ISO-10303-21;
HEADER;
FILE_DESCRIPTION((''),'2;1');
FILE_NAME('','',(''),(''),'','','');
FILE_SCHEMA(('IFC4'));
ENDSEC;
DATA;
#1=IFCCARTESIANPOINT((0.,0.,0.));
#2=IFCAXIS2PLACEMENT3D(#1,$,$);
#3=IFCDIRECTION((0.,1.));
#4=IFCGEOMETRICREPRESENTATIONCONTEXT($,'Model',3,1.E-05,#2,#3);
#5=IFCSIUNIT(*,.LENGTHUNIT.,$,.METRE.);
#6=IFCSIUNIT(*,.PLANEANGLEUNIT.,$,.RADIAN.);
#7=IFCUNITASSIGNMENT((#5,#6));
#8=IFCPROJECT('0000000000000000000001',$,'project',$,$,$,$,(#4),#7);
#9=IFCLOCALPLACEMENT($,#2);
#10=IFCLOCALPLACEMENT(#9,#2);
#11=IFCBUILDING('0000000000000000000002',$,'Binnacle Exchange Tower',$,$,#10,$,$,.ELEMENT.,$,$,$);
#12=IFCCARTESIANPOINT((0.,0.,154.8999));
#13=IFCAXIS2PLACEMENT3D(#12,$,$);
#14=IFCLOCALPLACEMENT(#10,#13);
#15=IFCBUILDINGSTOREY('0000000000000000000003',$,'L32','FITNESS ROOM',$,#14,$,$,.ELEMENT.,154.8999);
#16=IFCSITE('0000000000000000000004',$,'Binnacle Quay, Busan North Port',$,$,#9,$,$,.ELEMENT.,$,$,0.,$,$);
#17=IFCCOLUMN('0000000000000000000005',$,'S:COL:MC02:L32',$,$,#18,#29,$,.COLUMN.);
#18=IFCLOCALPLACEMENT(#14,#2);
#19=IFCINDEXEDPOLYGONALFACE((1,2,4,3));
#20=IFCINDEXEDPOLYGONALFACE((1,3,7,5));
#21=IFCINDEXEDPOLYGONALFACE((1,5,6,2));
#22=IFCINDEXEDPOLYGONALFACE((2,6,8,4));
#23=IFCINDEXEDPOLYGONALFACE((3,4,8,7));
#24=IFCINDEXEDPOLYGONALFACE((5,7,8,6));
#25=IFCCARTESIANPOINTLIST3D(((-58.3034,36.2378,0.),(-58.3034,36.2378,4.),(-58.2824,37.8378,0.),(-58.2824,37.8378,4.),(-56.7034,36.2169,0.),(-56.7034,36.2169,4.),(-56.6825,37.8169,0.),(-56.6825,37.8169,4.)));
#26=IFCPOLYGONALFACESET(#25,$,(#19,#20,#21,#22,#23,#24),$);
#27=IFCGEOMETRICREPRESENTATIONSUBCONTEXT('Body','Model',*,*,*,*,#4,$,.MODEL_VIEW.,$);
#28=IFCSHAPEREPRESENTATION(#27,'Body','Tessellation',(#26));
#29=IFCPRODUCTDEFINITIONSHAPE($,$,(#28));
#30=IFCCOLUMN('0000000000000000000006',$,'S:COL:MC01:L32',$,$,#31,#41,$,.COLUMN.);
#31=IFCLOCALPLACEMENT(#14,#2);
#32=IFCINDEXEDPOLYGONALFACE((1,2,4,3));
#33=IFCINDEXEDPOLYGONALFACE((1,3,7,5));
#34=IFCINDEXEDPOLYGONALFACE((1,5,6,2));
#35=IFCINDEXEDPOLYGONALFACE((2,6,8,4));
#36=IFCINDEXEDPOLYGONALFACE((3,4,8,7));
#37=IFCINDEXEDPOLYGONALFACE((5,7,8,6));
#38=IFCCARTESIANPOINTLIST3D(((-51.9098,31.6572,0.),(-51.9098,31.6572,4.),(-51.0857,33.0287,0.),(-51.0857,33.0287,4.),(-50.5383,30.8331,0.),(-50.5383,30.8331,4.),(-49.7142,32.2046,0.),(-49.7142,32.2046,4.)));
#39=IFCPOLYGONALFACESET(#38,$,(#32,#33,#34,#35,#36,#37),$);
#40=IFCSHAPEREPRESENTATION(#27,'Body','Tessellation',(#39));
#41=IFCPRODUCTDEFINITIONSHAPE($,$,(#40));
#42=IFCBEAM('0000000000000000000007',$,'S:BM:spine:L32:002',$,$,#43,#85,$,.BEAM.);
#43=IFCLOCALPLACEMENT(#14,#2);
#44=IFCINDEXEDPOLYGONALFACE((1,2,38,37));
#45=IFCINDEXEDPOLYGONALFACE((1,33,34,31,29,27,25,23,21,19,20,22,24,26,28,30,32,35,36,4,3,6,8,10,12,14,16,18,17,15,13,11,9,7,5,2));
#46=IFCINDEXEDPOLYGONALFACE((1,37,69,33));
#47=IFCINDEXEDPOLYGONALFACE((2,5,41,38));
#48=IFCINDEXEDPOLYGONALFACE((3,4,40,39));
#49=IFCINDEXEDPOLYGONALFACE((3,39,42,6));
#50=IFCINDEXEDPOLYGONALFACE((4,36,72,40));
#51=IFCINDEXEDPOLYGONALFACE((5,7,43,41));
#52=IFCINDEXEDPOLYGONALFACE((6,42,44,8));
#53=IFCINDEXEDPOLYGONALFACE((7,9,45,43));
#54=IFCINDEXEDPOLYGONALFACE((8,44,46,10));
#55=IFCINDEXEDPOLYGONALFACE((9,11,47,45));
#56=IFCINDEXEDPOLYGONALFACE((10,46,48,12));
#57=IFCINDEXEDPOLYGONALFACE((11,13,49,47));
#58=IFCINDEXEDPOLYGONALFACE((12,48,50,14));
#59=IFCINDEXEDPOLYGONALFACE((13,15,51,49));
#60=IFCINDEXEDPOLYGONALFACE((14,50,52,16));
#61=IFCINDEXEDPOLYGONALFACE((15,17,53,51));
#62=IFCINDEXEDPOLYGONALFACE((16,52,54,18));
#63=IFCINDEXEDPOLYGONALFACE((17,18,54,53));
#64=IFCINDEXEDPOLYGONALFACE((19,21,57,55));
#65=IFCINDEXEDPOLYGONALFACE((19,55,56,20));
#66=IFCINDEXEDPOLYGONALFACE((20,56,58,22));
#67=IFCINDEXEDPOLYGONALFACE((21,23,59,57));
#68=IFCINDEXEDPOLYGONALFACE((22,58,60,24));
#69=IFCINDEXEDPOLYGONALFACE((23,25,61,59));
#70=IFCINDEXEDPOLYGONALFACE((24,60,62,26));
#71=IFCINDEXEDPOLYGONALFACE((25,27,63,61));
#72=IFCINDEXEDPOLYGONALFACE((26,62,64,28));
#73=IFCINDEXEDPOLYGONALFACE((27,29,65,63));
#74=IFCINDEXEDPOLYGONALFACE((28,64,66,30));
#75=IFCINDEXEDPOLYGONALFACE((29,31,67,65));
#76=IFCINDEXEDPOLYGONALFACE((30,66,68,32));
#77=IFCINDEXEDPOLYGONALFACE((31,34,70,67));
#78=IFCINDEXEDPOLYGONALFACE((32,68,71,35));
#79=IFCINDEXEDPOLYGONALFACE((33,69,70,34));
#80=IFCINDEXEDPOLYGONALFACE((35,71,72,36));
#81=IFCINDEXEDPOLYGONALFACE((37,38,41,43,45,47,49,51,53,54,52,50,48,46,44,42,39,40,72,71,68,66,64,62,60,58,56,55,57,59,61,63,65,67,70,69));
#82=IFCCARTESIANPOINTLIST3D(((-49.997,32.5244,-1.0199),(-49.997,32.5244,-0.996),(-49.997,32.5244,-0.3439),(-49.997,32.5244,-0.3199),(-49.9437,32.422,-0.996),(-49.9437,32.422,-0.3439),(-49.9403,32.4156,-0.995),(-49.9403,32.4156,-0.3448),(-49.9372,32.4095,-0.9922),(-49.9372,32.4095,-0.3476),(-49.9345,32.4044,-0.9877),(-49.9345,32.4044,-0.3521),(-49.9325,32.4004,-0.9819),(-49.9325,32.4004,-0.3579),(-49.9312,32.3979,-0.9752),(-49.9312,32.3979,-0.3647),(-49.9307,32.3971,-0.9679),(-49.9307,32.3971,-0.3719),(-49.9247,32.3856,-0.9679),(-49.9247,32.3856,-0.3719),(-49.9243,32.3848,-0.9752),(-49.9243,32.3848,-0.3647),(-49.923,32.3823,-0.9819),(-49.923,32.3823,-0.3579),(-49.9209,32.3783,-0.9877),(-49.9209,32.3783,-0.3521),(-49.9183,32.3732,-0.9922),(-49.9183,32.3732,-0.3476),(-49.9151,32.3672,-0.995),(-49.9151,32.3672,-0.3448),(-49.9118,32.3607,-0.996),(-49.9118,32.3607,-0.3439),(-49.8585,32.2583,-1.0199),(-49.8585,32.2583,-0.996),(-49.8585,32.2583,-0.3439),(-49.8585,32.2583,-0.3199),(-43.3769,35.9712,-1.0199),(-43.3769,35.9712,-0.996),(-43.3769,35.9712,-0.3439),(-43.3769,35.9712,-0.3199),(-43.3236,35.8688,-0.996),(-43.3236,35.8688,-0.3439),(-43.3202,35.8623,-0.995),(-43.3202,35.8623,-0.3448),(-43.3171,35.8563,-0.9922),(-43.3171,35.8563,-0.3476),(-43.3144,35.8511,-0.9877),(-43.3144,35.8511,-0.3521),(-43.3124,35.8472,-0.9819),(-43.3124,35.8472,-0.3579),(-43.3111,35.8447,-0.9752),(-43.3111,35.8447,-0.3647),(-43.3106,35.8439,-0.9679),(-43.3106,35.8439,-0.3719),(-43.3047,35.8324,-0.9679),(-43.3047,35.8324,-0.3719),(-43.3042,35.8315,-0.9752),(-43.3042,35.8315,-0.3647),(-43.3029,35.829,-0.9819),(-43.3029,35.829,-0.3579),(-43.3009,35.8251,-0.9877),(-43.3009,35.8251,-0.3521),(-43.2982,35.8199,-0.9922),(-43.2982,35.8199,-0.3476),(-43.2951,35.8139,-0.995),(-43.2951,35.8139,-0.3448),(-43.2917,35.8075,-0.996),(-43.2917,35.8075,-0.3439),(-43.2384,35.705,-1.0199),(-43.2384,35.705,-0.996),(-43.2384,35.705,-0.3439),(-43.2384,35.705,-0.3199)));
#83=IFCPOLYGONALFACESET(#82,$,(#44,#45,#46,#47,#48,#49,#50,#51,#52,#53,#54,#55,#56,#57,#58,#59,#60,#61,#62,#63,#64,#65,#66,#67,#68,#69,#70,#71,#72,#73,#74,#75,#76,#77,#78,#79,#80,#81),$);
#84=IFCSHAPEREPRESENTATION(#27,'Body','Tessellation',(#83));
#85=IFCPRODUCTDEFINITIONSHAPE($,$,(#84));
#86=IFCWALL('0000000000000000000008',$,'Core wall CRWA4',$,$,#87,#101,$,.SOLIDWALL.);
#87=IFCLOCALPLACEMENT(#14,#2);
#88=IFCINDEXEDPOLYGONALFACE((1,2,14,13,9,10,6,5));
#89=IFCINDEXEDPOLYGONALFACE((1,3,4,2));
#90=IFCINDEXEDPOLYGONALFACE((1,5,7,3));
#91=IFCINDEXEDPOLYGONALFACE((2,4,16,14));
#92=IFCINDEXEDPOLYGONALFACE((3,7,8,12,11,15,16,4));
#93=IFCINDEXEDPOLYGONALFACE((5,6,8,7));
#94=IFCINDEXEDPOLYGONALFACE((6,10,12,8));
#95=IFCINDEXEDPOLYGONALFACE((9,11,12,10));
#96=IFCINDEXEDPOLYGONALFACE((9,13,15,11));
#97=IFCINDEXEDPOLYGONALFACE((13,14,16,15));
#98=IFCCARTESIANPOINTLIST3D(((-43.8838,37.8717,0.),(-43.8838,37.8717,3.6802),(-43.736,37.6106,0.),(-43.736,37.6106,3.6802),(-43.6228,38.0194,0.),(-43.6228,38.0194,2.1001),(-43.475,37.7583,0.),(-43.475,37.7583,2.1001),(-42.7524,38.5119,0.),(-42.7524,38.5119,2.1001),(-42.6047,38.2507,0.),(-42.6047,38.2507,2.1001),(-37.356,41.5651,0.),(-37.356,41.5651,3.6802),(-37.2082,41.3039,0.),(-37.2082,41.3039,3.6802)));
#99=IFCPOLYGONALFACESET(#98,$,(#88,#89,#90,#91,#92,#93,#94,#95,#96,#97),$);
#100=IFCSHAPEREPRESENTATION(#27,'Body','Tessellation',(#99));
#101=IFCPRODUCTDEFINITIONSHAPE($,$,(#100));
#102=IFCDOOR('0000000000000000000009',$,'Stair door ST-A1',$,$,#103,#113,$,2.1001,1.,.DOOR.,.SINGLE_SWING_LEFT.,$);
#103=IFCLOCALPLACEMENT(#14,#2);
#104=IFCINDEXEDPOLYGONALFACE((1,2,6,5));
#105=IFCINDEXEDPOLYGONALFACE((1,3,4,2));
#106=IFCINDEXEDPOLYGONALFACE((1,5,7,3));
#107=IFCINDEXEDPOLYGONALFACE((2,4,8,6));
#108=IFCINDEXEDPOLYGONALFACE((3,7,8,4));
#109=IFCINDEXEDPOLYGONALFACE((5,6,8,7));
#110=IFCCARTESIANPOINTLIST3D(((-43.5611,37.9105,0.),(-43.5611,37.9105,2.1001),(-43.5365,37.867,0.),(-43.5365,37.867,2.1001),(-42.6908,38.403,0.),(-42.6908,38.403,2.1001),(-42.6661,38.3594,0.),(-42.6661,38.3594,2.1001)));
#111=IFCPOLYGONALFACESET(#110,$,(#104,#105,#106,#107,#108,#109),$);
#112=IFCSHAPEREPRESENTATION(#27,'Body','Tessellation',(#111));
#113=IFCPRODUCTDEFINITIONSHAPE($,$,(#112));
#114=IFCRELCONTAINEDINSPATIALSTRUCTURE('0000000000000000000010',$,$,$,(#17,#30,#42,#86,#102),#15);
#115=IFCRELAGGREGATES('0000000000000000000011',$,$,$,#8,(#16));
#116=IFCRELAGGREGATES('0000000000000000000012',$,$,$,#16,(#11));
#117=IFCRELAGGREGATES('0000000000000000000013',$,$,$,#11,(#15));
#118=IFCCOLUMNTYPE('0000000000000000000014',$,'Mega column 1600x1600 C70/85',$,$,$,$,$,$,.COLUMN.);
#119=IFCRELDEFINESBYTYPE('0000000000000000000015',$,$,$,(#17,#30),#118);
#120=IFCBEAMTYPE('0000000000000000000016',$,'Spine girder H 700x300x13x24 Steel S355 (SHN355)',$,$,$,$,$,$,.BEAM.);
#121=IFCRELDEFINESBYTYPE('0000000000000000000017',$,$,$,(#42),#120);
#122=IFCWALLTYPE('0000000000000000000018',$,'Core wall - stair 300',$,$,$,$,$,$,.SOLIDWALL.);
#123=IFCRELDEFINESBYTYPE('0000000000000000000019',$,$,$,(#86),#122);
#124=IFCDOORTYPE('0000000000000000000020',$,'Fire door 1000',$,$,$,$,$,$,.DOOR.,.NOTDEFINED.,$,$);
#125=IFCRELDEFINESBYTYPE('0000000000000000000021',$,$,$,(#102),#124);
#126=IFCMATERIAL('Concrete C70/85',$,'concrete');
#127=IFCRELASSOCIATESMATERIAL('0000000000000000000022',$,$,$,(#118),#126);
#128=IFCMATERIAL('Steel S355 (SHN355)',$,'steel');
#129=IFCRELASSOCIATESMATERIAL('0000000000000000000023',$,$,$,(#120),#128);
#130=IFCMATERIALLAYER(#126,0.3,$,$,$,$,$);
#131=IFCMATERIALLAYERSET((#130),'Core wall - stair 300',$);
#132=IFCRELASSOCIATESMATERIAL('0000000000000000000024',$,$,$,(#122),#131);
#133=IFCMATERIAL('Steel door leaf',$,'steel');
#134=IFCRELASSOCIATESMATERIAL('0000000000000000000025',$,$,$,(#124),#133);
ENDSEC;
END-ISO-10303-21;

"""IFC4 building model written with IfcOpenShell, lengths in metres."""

from ifc_helpers import new_model, si_unit, direction, frame, frame_2d, origin, origin_2d, place, context, subcontext, project, spatial, rectangle, i_section, extrude, material, layer, layer_set, material_profile, profile_set, type_object, element, fill, save


model = new_model("IFC4")

# Units and contexts
model_context = context("Model", 3, precision=1e-05, world=origin(), true_north=direction((0.0, 1.0)))
body_context = subcontext(model_context, "Body", "Model", "MODEL_VIEW")
ifc_project = project(units=[si_unit("LENGTHUNIT", "METRE"), si_unit("PLANEANGLEUNIT", "RADIAN")], contexts=[model_context])

# Site, building, storey
site_placement = place(None, origin())
site = spatial("IfcSite", under=ifc_project, at=site_placement, Name="Binnacle Quay, Busan North Port", CompositionType="ELEMENT", RefElevation=0.0)
building_placement = place(site_placement, origin())
building = spatial("IfcBuilding", under=site, at=building_placement, Name="Binnacle Exchange Tower", CompositionType="ELEMENT")
storey_placement = place(building_placement, frame((0.0, 0.0, 154.8999)))
storey = spatial("IfcBuildingStorey", under=building, at=storey_placement, Name="L32", Description="FITNESS ROOM", CompositionType="ELEMENT", Elevation=154.8999)

# Columns
ifc_material_1 = material(Name="Concrete C70/85", Category="concrete")
ifc_material_profile_1 = material_profile(ifc_material_1, rectangle(XDim=1.6001, YDim=1.6001, at=origin_2d()), Name="Mega column 1600x1600 C70/85")
ifc_profile_set_1 = profile_set([ifc_material_profile_1], Name="Concrete C70/85")
column_type = type_object("IfcColumnType", Name="Mega column 1600x1600 C70/85", PredefinedType="COLUMN", material=ifc_profile_set_1)
for number, where, z_axis, x_axis, name in (
    (1, (-57.4929, 37.0273, 0.0), (0.0, 0.0, 1.0), (-0.01309, -0.999914, 0.0), "S:COL:MC02:L32"),
    (2, (-50.812, 31.9309, 0.0), (0.0, 0.0, 1.0), (0.857167, -0.515038, 0.0), "S:COL:MC01:L32"),
):
    element("IfcColumn", number, at=place(storey_placement, frame(where, z_axis=z_axis, x_axis=x_axis)), inside=storey, type_object=column_type, Name=name, PredefinedType="COLUMN", context=body_context, shape_type="SweptSolid", body=[
        extrude(rectangle(XDim=1.6001, YDim=1.6001, at=origin_2d()), origin(), (0.0, 0.0, 1.0), 4.0),
    ])

# Beam
ifc_material_2 = material(Name="Steel S355 (SHN355)", Category="steel")
ifc_material_profile_2 = material_profile(ifc_material_2, i_section(OverallWidth=0.3, OverallDepth=0.7, WebThickness=0.0129, FlangeThickness=0.0239, FilletRadius=0.0281, at=origin_2d()), Name="H 700x300x13x24")
ifc_profile_set_2 = profile_set([ifc_material_profile_2], Name="Steel S355 (SHN355)")
beam_type = type_object("IfcBeamType", Name="Spine girder H 700x300x13x24 Steel S355 (SHN355)", PredefinedType="BEAM", material=ifc_profile_set_2)
beam_placement = place(storey_placement, frame((-49.9277, 32.3914, -0.6699), z_axis=(0.88698, 0.461808, 0.0), x_axis=(-0.461808, 0.88698, 0.0)))
element("IfcBeam", 3, at=beam_placement, inside=storey, type_object=beam_type, Name="S:BM:spine:L32:002", PredefinedType="BEAM", context=body_context, shape_type="SweptSolid", body=[
    extrude(i_section(OverallWidth=0.3, OverallDepth=0.7, WebThickness=0.0129, FlangeThickness=0.0239, FilletRadius=0.0281, at=origin_2d()), origin(), (0.0, 0.0, 1.0), 7.4636),
])

# Wall, opening, door
ifc_layer_1 = layer(ifc_material_1, 0.3)
ifc_layer_set_1 = layer_set([ifc_layer_1], Name="Core wall - stair 300")
wall_type_1 = type_object("IfcWallType", Name="Core wall - stair 300", PredefinedType="SOLIDWALL", material=ifc_layer_set_1)
wall_1_placement = place(storey_placement, frame((-43.8098, 37.7412, 0.0), z_axis=(0.0, 0.0, 1.0), x_axis=(0.870351, 0.492433, 0.0)))
wall_1 = element("IfcWall", 4, at=wall_1_placement, inside=storey, type_object=wall_type_1, Name="Core wall CRWA4", PredefinedType="SOLIDWALL", context=body_context, shape_type="SweptSolid", body=[
    extrude(rectangle(XDim=7.5002, YDim=0.3, at=frame_2d((3.75, 0.0))), origin(), (0.0, 0.0, 1.0), 3.6802),
])
opening_1_placement = place(wall_1_placement, frame((0.2998, 0.0, 0.0)))
opening_1 = element("IfcOpeningElement", 5, at=opening_1_placement, cuts=wall_1, PredefinedType="OPENING", context=body_context, shape_type="SweptSolid", body=[
    extrude(rectangle(XDim=1.0, YDim=2.1001, at=frame_2d((0.5, 1.05))), frame((0.0, 0.1599, 0.0), z_axis=(0.0, -1.0, 0.0), x_axis=(1.0, 0.0, 0.0)), (0.0, 0.0, 1.0), 0.3201),
])
ifc_material_3 = material(Name="Steel door leaf", Category="steel")
door_type = type_object("IfcDoorType", Name="Fire door 1000", OperationType="NOTDEFINED", PredefinedType="DOOR", material=ifc_material_3)
door_placement = place(opening_1_placement, origin())
door = element("IfcDoor", 6, at=door_placement, inside=storey, type_object=door_type, Name="Stair door ST-A1", OperationType="SINGLE_SWING_LEFT", OverallHeight=2.1001, OverallWidth=1.0, PredefinedType="DOOR", context=body_context, shape_type="SweptSolid", body=[
    extrude(rectangle(XDim=1.0, YDim=2.1001, at=frame_2d((0.5, 1.05))), frame((0.0, 0.0249, 0.0), z_axis=(0.0, -1.0, 0.0), x_axis=(1.0, 0.0, 0.0)), (0.0, 0.0, 1.0), 0.05),
])
fill(opening_1, door)

save(model, "model.ifc")
